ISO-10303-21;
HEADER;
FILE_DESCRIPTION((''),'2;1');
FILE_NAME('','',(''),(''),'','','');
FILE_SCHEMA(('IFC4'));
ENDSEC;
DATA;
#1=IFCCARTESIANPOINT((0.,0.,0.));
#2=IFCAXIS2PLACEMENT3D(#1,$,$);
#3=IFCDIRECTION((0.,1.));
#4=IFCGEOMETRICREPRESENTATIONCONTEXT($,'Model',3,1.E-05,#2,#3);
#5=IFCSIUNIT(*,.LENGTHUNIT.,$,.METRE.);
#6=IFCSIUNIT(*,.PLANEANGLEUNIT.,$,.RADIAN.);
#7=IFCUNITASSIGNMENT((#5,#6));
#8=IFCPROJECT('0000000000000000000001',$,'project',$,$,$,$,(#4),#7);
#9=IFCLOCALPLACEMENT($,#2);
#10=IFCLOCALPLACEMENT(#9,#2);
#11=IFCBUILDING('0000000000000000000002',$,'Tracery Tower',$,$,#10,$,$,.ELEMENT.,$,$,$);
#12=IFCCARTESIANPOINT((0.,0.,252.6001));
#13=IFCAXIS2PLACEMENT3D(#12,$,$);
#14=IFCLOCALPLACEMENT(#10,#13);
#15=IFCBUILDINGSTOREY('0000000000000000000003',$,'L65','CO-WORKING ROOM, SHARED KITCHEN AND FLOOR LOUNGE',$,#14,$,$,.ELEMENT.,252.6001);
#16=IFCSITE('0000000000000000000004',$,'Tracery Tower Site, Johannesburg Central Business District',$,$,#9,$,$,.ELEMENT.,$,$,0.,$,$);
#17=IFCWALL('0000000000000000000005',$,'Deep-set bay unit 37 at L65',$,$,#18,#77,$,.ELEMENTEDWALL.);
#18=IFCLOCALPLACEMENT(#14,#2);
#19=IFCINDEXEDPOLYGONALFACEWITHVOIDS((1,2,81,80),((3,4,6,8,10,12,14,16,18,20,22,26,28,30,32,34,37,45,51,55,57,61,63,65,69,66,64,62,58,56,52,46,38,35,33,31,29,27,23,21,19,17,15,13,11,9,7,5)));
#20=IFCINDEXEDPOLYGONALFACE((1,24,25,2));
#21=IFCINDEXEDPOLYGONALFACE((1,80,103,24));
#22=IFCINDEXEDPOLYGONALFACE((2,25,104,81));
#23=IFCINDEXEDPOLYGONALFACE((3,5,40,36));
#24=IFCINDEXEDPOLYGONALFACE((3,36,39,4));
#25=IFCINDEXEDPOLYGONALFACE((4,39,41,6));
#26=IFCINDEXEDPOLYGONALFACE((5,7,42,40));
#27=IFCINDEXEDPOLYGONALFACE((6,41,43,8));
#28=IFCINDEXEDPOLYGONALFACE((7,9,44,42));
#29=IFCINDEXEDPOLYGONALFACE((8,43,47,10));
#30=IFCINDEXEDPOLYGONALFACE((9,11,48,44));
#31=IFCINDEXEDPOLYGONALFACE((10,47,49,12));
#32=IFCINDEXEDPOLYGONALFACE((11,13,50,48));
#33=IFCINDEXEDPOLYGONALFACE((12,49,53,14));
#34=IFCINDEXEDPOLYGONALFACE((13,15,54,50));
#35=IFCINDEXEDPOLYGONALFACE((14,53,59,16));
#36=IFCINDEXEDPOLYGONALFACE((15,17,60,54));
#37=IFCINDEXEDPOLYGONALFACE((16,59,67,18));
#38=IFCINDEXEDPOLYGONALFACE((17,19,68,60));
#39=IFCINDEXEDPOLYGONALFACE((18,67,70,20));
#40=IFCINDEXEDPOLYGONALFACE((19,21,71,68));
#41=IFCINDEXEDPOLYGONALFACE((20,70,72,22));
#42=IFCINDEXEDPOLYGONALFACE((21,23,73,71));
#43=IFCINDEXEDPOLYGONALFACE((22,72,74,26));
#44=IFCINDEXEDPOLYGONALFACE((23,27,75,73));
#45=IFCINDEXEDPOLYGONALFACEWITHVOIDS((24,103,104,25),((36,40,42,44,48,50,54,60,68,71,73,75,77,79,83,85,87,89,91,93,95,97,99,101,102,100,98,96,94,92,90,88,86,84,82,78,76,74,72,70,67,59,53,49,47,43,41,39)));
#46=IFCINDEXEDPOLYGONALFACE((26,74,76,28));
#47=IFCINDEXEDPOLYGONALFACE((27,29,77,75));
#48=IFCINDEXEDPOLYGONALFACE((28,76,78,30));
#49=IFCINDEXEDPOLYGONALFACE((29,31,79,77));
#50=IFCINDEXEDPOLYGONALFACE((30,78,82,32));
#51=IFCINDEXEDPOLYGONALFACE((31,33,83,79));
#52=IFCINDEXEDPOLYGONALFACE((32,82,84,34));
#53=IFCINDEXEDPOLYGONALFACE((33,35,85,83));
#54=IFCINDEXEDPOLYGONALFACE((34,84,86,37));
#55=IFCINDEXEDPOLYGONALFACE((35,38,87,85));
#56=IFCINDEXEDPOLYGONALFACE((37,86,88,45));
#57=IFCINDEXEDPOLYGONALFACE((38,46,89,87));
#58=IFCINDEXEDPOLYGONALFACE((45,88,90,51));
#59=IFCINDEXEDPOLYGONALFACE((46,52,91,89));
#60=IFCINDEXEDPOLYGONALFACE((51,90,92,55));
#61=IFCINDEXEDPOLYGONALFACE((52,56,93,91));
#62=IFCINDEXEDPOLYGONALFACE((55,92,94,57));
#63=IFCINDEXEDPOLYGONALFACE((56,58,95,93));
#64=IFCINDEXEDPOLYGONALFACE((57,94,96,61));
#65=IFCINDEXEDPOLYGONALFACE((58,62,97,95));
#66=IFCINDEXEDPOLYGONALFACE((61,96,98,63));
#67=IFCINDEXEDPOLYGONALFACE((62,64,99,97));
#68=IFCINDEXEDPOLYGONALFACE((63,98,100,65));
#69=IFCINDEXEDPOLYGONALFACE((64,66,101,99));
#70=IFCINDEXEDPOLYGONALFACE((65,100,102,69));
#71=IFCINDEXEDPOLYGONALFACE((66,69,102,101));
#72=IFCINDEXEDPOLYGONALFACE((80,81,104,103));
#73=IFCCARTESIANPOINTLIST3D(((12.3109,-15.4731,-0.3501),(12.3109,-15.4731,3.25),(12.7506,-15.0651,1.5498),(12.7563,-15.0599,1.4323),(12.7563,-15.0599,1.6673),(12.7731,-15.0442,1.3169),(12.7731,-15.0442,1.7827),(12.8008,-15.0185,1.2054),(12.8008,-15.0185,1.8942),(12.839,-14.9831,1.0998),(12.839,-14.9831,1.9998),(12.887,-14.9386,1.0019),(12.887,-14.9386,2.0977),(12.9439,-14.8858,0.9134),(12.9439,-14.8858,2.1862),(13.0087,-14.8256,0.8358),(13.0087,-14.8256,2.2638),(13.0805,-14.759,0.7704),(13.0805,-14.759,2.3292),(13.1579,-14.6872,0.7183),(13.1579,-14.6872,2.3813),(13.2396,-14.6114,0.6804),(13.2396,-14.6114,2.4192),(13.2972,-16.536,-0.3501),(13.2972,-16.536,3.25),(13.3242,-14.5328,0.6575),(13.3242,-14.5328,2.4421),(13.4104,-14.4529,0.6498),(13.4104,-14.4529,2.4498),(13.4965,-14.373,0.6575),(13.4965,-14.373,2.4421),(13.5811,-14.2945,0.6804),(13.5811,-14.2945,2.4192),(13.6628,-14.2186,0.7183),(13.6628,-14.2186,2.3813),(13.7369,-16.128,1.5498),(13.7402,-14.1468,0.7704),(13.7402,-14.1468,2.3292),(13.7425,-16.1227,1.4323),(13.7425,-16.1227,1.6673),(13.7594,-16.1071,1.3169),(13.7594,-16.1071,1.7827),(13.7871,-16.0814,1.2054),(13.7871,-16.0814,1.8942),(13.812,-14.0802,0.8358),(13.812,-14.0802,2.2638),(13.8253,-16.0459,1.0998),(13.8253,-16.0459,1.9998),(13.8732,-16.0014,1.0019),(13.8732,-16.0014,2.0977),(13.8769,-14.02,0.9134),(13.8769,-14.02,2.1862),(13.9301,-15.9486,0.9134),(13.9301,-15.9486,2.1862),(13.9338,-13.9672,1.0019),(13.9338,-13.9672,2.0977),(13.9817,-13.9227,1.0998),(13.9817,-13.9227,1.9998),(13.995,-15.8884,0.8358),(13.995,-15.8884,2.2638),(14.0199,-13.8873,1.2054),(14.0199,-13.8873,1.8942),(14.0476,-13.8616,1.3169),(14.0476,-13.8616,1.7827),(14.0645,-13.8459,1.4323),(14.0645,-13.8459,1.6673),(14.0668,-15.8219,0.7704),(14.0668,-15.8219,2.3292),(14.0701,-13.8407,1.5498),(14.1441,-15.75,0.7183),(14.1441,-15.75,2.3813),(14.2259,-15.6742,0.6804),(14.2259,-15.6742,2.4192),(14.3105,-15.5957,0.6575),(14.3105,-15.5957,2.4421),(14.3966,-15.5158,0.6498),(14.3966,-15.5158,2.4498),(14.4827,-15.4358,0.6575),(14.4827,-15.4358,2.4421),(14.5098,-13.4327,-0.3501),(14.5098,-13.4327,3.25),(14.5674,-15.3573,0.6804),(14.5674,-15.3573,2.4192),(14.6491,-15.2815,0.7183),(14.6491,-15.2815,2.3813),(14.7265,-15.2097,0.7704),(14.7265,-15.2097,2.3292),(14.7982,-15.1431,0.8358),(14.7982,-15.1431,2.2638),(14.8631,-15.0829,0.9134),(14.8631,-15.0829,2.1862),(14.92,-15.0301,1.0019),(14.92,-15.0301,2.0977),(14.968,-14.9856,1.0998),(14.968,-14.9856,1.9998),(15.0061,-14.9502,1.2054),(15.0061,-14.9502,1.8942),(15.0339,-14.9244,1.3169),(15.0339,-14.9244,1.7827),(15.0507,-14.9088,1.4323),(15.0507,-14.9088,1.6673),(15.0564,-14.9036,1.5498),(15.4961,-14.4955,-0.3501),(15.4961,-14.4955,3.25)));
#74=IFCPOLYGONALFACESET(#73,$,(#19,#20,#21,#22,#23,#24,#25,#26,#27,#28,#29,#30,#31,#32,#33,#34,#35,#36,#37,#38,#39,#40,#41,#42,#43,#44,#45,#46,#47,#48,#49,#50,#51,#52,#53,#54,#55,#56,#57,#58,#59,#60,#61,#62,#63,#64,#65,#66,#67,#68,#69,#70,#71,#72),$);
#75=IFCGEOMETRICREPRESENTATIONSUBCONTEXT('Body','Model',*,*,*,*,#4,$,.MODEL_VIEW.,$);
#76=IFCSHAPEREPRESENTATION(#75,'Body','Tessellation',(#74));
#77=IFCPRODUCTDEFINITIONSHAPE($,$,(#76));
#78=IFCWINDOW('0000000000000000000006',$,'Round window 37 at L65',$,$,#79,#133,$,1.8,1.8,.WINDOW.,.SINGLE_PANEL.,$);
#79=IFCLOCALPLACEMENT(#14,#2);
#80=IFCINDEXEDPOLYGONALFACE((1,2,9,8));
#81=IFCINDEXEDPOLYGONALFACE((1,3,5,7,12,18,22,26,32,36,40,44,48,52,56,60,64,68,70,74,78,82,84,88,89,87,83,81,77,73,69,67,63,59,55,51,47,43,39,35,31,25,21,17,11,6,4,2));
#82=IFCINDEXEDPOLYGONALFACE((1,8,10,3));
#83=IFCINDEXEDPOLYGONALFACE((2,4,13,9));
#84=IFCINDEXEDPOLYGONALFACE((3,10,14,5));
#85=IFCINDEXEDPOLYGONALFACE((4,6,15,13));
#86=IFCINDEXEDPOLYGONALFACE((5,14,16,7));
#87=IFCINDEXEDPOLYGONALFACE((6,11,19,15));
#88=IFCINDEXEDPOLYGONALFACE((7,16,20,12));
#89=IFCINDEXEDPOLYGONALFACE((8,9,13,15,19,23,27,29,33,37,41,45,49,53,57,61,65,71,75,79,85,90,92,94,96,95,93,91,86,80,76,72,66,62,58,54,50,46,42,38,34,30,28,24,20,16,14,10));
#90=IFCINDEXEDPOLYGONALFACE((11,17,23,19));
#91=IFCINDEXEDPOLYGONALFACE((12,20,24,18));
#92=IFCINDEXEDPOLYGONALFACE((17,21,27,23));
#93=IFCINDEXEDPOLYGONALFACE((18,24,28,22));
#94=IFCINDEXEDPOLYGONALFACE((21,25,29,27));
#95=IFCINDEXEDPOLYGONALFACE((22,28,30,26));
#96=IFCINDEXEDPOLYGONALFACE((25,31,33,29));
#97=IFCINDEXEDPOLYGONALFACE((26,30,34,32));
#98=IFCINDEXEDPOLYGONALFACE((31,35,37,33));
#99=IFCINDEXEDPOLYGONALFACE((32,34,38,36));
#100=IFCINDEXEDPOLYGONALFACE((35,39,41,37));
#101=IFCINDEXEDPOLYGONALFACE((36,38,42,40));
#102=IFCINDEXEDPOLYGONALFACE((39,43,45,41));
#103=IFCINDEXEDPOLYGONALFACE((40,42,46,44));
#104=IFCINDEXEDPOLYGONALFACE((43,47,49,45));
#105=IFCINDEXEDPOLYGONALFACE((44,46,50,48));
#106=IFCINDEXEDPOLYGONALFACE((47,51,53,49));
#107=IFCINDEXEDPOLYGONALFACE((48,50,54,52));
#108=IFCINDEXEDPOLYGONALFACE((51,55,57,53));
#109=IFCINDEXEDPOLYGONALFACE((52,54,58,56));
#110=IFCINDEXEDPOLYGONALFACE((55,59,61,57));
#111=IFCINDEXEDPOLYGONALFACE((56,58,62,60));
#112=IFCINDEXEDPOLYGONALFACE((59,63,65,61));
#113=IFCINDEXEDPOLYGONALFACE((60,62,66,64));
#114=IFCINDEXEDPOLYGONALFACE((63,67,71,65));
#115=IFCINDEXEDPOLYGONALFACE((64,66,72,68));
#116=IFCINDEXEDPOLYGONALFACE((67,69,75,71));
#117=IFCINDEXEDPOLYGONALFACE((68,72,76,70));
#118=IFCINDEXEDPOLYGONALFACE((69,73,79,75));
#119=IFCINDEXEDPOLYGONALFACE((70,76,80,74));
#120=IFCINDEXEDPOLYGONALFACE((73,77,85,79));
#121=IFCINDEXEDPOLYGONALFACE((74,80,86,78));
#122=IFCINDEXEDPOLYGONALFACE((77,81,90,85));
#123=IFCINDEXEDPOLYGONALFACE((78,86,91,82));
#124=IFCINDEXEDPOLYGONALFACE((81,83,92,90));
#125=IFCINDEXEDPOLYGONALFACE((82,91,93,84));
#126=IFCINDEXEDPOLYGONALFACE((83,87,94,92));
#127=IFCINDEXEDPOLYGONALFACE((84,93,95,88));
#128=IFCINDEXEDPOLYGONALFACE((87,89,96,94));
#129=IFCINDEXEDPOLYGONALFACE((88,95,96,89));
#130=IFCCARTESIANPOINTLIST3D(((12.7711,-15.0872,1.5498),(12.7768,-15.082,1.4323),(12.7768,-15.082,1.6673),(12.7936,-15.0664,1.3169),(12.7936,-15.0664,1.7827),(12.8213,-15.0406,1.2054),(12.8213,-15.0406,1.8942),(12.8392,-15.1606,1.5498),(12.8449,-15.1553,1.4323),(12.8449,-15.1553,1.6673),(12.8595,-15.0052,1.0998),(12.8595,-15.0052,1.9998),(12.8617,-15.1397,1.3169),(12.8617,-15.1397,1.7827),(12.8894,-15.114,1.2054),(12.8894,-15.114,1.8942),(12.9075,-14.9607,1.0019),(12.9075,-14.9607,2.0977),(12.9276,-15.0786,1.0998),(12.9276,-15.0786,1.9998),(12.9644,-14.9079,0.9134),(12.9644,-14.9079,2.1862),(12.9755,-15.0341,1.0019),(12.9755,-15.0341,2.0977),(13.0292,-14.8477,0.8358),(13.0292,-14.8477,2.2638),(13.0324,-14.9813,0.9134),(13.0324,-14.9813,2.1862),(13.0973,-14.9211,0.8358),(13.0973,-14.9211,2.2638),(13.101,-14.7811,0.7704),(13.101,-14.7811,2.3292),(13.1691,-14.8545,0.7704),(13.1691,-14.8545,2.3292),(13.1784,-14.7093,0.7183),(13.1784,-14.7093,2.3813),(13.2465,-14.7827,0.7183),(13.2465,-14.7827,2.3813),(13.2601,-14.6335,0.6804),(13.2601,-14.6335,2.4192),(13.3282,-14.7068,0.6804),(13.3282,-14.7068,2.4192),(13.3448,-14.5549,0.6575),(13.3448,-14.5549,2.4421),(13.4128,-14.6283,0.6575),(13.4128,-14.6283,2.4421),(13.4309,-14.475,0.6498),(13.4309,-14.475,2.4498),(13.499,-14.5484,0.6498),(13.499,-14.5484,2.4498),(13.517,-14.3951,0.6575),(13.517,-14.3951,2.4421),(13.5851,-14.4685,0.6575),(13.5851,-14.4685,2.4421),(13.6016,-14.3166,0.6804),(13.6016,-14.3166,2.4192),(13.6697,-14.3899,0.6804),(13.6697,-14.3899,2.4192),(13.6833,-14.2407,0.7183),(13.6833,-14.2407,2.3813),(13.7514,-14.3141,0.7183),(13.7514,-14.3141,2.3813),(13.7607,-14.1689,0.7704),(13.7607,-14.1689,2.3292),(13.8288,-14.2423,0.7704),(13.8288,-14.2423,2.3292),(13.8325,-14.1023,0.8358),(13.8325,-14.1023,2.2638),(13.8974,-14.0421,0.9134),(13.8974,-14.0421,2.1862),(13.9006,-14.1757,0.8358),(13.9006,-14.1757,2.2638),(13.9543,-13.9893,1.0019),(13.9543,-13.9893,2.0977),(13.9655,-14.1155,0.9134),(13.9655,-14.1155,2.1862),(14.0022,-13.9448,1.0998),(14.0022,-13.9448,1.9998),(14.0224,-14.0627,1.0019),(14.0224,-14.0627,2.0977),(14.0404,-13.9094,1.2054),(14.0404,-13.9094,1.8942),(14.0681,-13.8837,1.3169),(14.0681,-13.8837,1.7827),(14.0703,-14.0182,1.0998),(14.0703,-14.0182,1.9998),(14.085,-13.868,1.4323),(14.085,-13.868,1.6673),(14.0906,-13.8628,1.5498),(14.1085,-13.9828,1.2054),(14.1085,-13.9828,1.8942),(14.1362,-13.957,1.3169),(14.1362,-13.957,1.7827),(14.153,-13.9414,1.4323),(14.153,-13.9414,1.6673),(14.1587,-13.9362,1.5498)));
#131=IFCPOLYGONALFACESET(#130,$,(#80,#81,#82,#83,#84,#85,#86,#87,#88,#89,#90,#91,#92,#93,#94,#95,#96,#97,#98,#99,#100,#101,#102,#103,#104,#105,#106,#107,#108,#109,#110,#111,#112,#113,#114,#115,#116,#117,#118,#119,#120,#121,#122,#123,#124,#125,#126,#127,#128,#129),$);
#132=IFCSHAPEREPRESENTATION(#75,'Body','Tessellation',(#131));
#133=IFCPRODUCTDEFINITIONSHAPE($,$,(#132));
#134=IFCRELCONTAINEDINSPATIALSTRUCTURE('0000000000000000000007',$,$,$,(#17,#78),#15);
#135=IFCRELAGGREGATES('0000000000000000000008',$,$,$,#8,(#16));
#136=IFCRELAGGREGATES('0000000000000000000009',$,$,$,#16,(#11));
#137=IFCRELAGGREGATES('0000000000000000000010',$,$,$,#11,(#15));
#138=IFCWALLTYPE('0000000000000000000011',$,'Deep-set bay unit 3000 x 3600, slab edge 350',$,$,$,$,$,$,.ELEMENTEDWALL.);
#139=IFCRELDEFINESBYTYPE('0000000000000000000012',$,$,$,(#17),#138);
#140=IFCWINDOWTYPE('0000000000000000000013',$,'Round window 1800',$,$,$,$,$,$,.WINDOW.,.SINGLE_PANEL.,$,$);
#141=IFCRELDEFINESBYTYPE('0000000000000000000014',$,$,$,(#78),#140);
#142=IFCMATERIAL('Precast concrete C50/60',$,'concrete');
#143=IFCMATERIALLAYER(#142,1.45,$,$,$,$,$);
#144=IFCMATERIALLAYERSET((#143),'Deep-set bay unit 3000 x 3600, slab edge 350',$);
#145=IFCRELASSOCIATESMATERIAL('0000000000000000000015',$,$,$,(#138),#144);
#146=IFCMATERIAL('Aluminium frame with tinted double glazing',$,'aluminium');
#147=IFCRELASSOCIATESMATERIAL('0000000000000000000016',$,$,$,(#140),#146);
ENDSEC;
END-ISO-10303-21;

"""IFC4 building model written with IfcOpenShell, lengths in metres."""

from ifc_helpers import new_model, si_unit, direction, frame, frame_2d, origin, origin_2d, place, context, subcontext, project, spatial, rectangle, circle, extrude, material, layer, layer_set, type_object, element, fill, save


model = new_model("IFC4")

# Units and contexts
model_context = context("Model", 3, precision=1e-05, world=origin(), true_north=direction((0.0, 1.0)))
body_context = subcontext(model_context, "Body", "Model", "MODEL_VIEW")
ifc_project = project(units=[si_unit("LENGTHUNIT", "METRE"), si_unit("PLANEANGLEUNIT", "RADIAN")], contexts=[model_context])

# Site, building, storey
site_placement = place(None, origin())
site = spatial("IfcSite", under=ifc_project, at=site_placement, Name="Tracery Tower Site, Johannesburg Central Business District", CompositionType="ELEMENT", RefElevation=0.0)
building_placement = place(site_placement, origin())
building = spatial("IfcBuilding", under=site, at=building_placement, Name="Tracery Tower", CompositionType="ELEMENT")
storey_placement = place(building_placement, frame((0.0, 0.0, 252.6001)))
storey = spatial("IfcBuildingStorey", under=building, at=storey_placement, Name="L65", Description="CO-WORKING ROOM, SHARED KITCHEN AND FLOOR LOUNGE", CompositionType="ELEMENT", Elevation=252.6001)

# Wall, opening, window
ifc_material_1 = material(Name="Precast concrete C50/60", Category="concrete")
ifc_layer_1 = layer(ifc_material_1, 1.45)
ifc_layer_set_1 = layer_set([ifc_layer_1], Name="Deep-set bay unit 3000 x 3600, slab edge 350")
wall_type_1 = type_object("IfcWallType", Name="Deep-set bay unit 3000 x 3600, slab edge 350", PredefinedType="ELEMENTEDWALL", material=ifc_layer_set_1)
wall_1_placement = place(storey_placement, frame((12.804, -16.0046, -0.3501), z_axis=(0.0, 0.0, 1.0), x_axis=(0.733022, 0.680204, 0.0)))
wall_1 = element("IfcWall", 1, at=wall_1_placement, inside=storey, type_object=wall_type_1, Name="Deep-set bay unit 37 at L65", PredefinedType="ELEMENTEDWALL", context=body_context, shape_type="SweptSolid", body=[
    extrude(rectangle(XDim=2.9998, YDim=1.45, at=frame_2d((1.5, 0.0))), origin(), (0.0, 0.0, 1.0), 3.6001),
])
opening_1_placement = place(wall_1_placement, frame((1.5, 0.0, 1.8999)))
opening_1 = element("IfcOpeningElement", 2, at=opening_1_placement, cuts=wall_1, PredefinedType="OPENING", context=body_context, shape_type="SweptSolid", body=[
    extrude(circle(Radius=0.9, at=origin_2d()), frame((0.0, 0.7349, 0.0), z_axis=(0.0, -1.0, 0.0), x_axis=(1.0, 0.0, 0.0)), (0.0, 0.0, 1.0), 1.47),
])
ifc_material_2 = material(Name="Aluminium frame with tinted double glazing", Category="aluminium")
window_type = type_object("IfcWindowType", Name="Round window 1800", PartitioningType="SINGLE_PANEL", PredefinedType="WINDOW", material=ifc_material_2)
window_1_placement = place(opening_1_placement, origin())
window_1 = element("IfcWindow", 3, at=window_1_placement, inside=storey, type_object=window_type, Name="Round window 37 at L65", OverallHeight=1.8, OverallWidth=1.8, PartitioningType="SINGLE_PANEL", PredefinedType="WINDOW", context=body_context, shape_type="SweptSolid", body=[
    extrude(circle(Radius=0.9, at=origin_2d()), frame((0.0, 0.6948, 0.0), z_axis=(0.0, -1.0, 0.0), x_axis=(1.0, 0.0, 0.0)), (0.0, 0.0, 1.0), 0.1001),
])
fill(opening_1, window_1)

save(model, "model.ifc")
